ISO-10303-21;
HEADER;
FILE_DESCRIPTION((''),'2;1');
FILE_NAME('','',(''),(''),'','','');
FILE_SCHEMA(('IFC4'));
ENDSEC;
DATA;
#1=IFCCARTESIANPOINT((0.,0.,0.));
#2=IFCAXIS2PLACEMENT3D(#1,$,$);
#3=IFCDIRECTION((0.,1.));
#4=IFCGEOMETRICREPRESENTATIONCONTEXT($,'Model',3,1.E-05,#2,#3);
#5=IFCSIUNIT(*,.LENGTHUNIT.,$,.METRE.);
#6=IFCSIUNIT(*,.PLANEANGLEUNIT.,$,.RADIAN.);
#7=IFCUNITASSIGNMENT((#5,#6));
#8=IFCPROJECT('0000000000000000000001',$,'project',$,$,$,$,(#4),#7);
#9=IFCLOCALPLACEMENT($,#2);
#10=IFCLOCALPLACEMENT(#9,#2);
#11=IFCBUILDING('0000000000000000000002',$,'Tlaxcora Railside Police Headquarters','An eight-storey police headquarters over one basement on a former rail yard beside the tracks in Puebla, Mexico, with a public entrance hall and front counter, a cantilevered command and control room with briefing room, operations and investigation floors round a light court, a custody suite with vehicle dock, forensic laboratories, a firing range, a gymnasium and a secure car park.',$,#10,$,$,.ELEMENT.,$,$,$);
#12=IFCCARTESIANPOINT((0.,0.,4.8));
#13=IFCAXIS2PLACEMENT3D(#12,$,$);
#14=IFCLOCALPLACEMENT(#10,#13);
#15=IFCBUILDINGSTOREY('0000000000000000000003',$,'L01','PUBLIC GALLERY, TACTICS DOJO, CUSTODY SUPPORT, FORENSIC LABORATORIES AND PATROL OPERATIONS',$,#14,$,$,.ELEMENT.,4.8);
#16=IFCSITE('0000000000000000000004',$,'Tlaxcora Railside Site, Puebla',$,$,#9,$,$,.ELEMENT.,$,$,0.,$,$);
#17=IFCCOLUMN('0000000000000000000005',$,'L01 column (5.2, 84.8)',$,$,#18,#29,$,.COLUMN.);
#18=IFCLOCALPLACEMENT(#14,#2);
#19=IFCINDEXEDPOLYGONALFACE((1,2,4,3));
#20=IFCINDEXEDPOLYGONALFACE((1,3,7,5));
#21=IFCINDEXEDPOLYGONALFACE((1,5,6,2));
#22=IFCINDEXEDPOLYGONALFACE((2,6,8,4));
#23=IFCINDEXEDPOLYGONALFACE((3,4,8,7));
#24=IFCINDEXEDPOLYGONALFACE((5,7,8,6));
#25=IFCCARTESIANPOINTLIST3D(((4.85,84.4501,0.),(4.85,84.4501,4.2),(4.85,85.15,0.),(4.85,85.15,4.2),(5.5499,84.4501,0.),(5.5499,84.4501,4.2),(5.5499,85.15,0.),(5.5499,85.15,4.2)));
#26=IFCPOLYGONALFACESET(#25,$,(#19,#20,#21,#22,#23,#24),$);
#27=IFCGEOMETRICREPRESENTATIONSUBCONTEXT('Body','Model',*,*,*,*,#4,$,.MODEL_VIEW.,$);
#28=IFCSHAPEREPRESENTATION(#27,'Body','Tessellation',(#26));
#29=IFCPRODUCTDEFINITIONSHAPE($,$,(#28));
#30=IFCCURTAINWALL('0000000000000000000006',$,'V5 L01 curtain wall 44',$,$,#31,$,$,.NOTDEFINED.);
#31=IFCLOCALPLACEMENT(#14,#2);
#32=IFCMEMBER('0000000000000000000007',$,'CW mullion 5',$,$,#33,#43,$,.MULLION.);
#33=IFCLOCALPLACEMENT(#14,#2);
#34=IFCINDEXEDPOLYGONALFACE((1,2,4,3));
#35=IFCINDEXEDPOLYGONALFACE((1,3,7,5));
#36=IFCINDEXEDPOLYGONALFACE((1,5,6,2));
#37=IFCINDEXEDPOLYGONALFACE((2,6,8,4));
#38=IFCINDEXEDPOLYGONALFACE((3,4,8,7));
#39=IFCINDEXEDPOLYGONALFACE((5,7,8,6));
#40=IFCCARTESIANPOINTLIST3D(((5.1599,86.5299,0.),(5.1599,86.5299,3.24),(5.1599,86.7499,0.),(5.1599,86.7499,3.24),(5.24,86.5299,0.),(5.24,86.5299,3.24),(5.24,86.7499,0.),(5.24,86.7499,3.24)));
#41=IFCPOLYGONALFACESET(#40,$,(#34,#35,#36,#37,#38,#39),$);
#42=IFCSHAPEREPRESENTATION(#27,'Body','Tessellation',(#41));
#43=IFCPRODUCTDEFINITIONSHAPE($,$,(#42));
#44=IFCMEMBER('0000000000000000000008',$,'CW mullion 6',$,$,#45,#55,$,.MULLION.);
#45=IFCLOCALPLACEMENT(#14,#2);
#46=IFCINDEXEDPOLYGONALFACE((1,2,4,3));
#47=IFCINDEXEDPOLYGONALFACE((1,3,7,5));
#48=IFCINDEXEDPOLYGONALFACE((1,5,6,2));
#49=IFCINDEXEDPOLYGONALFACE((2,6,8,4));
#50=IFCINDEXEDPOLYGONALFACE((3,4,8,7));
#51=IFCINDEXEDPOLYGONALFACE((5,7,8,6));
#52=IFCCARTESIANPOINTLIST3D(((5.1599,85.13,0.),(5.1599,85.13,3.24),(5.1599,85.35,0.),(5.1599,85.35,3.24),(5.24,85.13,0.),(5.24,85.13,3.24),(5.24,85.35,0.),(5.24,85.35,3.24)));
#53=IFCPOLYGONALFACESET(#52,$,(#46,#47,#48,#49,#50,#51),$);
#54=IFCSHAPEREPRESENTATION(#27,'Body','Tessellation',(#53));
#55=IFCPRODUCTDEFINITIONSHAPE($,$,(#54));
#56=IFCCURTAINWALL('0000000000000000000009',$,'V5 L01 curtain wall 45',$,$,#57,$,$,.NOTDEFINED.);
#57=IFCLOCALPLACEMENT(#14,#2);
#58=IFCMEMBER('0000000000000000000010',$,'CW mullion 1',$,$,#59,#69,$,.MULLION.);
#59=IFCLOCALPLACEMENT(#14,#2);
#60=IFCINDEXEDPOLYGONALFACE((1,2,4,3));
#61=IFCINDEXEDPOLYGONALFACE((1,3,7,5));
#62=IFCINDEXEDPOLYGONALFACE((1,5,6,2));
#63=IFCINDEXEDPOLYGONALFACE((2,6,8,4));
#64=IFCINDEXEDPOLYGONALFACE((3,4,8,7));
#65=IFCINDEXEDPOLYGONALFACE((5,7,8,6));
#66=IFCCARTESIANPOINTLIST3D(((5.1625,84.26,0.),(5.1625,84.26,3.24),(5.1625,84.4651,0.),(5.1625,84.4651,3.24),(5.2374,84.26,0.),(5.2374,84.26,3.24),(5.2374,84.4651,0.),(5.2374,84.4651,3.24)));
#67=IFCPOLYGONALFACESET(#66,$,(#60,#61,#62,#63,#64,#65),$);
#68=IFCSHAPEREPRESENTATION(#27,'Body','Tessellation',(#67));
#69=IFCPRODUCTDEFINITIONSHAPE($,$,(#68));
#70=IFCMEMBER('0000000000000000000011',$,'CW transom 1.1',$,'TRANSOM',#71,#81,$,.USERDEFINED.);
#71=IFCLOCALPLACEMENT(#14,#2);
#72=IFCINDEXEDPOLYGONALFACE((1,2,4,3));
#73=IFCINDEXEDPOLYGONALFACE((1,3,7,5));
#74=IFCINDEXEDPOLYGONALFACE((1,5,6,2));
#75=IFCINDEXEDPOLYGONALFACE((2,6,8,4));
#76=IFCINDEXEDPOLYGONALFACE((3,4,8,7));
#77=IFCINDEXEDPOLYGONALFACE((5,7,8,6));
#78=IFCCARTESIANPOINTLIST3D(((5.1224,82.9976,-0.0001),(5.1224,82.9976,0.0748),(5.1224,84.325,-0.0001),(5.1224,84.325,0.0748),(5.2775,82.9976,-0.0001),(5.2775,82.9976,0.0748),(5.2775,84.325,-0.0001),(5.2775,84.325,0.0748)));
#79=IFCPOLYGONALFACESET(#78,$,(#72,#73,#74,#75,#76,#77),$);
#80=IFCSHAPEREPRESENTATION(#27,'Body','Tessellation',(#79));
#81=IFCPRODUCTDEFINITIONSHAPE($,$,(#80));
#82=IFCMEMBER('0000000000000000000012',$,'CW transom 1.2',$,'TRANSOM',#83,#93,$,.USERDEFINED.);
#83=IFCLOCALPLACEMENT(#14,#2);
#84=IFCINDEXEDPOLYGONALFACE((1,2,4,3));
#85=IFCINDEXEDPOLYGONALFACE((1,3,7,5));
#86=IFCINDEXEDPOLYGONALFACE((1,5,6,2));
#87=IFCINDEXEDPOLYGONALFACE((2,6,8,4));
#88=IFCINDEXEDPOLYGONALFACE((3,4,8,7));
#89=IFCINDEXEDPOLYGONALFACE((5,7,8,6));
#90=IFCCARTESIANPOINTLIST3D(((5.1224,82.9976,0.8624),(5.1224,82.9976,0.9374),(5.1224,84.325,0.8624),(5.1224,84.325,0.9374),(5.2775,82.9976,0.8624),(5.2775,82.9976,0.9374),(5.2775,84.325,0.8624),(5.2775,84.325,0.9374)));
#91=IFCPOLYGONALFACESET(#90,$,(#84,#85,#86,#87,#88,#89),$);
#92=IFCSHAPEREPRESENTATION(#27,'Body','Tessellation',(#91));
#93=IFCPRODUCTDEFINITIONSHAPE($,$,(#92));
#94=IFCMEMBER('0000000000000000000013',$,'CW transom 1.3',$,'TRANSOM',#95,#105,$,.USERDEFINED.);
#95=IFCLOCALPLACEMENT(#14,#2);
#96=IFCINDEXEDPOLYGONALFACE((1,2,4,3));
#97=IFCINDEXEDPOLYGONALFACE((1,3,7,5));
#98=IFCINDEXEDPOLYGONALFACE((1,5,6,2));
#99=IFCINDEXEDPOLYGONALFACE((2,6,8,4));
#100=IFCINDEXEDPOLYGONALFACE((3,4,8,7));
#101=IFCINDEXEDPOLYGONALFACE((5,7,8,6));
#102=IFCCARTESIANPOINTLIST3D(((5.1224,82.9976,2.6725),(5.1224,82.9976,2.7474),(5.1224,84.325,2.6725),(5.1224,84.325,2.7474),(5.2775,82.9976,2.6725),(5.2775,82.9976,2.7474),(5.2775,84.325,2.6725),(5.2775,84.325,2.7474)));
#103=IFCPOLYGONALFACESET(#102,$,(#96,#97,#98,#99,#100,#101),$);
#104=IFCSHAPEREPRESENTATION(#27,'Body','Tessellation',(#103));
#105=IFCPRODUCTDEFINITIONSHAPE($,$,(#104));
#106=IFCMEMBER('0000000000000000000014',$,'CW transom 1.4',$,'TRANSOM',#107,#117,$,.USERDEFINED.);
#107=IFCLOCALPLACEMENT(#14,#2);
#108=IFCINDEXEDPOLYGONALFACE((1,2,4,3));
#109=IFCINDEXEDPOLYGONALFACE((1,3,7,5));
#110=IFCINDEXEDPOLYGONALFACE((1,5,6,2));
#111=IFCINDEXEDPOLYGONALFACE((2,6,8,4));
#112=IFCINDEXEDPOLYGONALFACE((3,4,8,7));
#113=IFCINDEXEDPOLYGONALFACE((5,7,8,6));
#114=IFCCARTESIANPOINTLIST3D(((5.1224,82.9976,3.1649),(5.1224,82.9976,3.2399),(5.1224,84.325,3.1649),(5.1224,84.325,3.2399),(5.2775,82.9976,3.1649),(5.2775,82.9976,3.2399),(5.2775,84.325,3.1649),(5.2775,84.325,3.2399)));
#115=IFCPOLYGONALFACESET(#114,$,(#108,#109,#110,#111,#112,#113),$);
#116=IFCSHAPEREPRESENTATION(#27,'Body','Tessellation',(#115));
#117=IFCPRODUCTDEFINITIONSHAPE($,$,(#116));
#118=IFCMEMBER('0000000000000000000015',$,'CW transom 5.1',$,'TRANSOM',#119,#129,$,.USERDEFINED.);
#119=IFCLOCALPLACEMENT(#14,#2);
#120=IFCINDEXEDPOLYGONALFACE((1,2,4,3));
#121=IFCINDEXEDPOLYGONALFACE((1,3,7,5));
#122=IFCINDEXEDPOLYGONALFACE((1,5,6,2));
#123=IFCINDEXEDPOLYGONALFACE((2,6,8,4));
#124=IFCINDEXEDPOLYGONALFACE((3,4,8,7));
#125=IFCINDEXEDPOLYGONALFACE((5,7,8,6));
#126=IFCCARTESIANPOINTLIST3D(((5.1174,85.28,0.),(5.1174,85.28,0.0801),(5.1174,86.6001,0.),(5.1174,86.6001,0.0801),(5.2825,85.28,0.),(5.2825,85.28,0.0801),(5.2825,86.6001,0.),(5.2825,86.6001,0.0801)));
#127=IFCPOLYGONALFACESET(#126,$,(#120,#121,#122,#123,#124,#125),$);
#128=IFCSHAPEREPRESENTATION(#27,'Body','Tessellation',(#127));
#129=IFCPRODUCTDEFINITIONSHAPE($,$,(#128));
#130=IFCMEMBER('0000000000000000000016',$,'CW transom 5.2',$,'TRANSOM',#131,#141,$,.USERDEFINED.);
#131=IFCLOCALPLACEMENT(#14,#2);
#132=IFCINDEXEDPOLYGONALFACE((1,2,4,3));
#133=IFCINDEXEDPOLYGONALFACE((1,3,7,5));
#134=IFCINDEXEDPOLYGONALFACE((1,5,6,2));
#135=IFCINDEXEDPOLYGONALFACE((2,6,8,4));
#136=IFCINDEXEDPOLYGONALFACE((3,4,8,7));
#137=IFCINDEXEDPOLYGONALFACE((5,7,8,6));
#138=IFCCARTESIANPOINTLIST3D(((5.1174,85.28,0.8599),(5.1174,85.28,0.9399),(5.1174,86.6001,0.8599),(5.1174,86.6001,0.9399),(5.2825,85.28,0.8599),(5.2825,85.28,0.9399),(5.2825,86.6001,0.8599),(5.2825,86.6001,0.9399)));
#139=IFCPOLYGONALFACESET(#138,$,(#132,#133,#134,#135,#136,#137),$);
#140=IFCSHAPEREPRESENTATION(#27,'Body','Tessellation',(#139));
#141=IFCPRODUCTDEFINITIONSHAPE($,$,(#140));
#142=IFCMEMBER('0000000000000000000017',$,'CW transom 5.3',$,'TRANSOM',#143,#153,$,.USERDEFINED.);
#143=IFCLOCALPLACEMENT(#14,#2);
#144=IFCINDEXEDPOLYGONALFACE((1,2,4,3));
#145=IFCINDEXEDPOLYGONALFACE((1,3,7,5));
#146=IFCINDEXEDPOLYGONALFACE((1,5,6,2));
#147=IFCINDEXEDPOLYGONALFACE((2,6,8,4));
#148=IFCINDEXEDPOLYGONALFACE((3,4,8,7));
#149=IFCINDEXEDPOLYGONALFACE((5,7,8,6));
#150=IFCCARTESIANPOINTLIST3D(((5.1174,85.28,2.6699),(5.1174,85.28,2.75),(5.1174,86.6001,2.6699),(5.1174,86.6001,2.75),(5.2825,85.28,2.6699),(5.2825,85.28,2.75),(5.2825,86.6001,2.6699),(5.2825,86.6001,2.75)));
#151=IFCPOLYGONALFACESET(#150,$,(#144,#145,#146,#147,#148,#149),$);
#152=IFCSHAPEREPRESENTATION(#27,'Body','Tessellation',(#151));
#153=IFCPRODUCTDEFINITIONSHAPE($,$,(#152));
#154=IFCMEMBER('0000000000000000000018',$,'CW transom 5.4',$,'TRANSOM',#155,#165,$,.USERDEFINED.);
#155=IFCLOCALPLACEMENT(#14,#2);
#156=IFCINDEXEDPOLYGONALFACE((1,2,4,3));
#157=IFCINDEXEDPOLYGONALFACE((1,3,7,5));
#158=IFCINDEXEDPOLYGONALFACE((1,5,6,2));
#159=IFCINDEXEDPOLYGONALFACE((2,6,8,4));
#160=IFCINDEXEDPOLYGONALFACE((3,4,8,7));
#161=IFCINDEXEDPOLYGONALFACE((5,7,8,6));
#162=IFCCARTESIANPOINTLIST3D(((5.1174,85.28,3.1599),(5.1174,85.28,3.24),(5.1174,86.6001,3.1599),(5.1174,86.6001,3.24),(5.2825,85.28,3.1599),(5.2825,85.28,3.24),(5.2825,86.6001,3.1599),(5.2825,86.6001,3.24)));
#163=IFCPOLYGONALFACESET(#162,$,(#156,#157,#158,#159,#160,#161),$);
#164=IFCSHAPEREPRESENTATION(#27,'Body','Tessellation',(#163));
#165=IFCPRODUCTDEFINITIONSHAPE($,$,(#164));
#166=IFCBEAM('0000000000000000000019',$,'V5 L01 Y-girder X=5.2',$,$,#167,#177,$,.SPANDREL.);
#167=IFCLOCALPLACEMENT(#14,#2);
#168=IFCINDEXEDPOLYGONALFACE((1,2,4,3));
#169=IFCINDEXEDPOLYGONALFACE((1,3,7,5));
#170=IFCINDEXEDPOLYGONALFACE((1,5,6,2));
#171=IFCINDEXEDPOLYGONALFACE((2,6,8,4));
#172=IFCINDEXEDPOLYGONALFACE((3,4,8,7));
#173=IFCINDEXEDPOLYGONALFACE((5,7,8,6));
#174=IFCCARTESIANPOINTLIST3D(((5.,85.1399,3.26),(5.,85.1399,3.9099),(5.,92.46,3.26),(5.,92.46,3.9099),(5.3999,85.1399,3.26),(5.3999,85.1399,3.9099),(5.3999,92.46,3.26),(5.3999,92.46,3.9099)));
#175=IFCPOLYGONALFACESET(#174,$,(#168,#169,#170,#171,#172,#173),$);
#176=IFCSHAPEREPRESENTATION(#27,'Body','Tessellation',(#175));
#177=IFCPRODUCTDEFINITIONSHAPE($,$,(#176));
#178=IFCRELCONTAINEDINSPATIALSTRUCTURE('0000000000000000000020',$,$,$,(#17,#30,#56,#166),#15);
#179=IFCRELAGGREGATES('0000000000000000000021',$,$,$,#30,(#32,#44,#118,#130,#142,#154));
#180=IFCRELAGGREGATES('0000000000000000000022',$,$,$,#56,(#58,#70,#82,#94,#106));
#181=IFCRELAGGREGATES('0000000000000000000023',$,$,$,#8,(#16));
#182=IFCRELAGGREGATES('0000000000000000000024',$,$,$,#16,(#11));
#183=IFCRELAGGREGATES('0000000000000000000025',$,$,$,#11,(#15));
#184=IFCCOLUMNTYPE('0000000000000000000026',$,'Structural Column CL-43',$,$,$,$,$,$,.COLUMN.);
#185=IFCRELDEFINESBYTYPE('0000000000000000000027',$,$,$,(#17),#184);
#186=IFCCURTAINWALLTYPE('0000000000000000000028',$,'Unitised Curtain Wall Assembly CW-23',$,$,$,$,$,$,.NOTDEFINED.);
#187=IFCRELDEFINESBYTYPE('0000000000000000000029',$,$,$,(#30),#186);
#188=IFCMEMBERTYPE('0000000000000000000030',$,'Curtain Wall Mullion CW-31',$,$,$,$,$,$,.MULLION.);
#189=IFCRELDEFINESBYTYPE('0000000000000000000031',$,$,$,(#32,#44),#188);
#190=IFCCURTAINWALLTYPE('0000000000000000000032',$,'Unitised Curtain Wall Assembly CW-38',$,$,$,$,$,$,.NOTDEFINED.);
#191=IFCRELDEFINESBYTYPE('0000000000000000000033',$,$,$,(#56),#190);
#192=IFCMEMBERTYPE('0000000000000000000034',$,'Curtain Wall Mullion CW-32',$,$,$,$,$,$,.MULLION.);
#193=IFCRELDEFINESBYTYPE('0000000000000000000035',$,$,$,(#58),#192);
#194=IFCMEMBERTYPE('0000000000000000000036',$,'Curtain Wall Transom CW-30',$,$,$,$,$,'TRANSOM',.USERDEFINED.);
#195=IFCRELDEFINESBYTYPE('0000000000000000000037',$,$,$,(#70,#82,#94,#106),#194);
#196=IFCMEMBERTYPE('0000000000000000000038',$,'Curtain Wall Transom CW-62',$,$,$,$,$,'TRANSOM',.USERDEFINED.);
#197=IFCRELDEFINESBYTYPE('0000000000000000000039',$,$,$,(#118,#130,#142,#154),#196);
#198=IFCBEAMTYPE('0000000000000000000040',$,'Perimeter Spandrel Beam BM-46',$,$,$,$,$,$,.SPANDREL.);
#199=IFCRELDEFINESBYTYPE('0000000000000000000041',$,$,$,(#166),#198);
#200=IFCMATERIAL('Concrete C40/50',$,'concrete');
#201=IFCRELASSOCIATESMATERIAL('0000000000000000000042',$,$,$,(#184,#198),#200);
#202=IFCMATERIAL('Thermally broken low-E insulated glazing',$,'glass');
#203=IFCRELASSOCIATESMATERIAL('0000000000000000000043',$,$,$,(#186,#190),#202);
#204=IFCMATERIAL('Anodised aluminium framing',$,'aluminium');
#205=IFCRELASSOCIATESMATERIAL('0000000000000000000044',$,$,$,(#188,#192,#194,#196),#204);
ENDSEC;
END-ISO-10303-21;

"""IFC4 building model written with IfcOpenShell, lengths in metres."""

from ifc_helpers import new_model, si_unit, direction, frame, origin, origin_2d, place, context, subcontext, project, spatial, rectangle, extrude, material, material_profile, profile_set, type_object, element, aggregate, save


model = new_model("IFC4")

# Units and contexts
model_context = context("Model", 3, precision=1e-05, world=origin(), true_north=direction((0.0, 1.0)))
body_context = subcontext(model_context, "Body", "Model", "MODEL_VIEW")
ifc_project = project(units=[si_unit("LENGTHUNIT", "METRE"), si_unit("PLANEANGLEUNIT", "RADIAN")], contexts=[model_context])

# Site, building, storey
site_placement = place(None, origin())
site = spatial("IfcSite", under=ifc_project, at=site_placement, Name="Tlaxcora Railside Site, Puebla", CompositionType="ELEMENT", RefElevation=0.0)
building_placement = place(site_placement, origin())
building = spatial("IfcBuilding", under=site, at=building_placement, Name="Tlaxcora Railside Police Headquarters", Description="An eight-storey police headquarters over one basement on a former rail yard beside the tracks in Puebla, Mexico, with a public entrance hall and front counter, a cantilevered command and control room with briefing room, operations and investigation floors round a light court, a custody suite with vehicle dock, forensic laboratories, a firing range, a gymnasium and a secure car park.", CompositionType="ELEMENT")
storey_placement = place(building_placement, frame((0.0, 0.0, 4.8)))
storey = spatial("IfcBuildingStorey", under=building, at=storey_placement, Name="L01", Description="PUBLIC GALLERY, TACTICS DOJO, CUSTODY SUPPORT, FORENSIC LABORATORIES AND PATROL OPERATIONS", CompositionType="ELEMENT", Elevation=4.8)

# Column
ifc_material_1 = material(Name="Concrete C40/50", Category="concrete")
ifc_material_profile_1 = material_profile(ifc_material_1, rectangle(XDim=0.7, YDim=0.7, at=origin_2d()), Name="RC700X700")
ifc_profile_set_1 = profile_set([ifc_material_profile_1], Name="Concrete C40/50")
column_type = type_object("IfcColumnType", Name="Structural Column CL-43", PredefinedType="COLUMN", material=ifc_profile_set_1)
column_placement = place(storey_placement, frame((5.2, 84.8, 0.0), z_axis=(0.0, 0.0, 1.0), x_axis=(1.0, 0.0, 0.0)))
element("IfcColumn", 1, at=column_placement, inside=storey, type_object=column_type, Name="L01 column (5.2, 84.8)", PredefinedType="COLUMN", context=body_context, shape_type="SweptSolid", body=[
    extrude(rectangle(XDim=0.7, YDim=0.7, at=origin_2d()), origin(), (0.0, 0.0, 1.0), 4.2),
])

# Curtain walls, members
ifc_material_2 = material(Name="Thermally broken low-E insulated glazing", Category="glass")
curtain_wall_type_1 = type_object("IfcCurtainWallType", Name="Unitised Curtain Wall Assembly CW-23", PredefinedType="NOTDEFINED", material=ifc_material_2)
curtain_wall_1_placement = place(storey_placement, origin())
curtain_wall_1 = element("IfcCurtainWall", 2, at=curtain_wall_1_placement, inside=storey, type_object=curtain_wall_type_1, Name="V5 L01 curtain wall 44", PredefinedType="NOTDEFINED")
ifc_material_3 = material(Name="Anodised aluminium framing", Category="aluminium")
ifc_material_profile_2 = material_profile(ifc_material_3, rectangle(XDim=0.0801, YDim=0.22, at=origin_2d()), Name="AL80X220")
ifc_profile_set_2 = profile_set([ifc_material_profile_2], Name="Anodised aluminium framing")
member_type_1 = type_object("IfcMemberType", Name="Curtain Wall Mullion CW-31", PredefinedType="MULLION", material=ifc_profile_set_2)
member_1_placement = place(storey_placement, frame((5.2, 86.6399, 0.0), z_axis=(0.0, 0.0, 1.0), x_axis=(1.0, 0.0, 0.0)))
member_1 = element("IfcMember", 3, at=member_1_placement, type_object=member_type_1, Name="CW mullion 5", PredefinedType="MULLION", context=body_context, shape_type="SweptSolid", body=[
    extrude(rectangle(XDim=0.0801, YDim=0.22, at=origin_2d()), origin(), (0.0, 0.0, 1.0), 3.24),
])
member_2_placement = place(storey_placement, frame((5.2, 85.24, 0.0), z_axis=(0.0, 0.0, 1.0), x_axis=(1.0, 0.0, 0.0)))
member_2 = element("IfcMember", 4, at=member_2_placement, type_object=member_type_1, Name="CW mullion 6", PredefinedType="MULLION", context=body_context, shape_type="SweptSolid", body=[
    extrude(rectangle(XDim=0.0801, YDim=0.22, at=origin_2d()), origin(), (0.0, 0.0, 1.0), 3.24),
])
curtain_wall_type_2 = type_object("IfcCurtainWallType", Name="Unitised Curtain Wall Assembly CW-38", PredefinedType="NOTDEFINED", material=ifc_material_2)
curtain_wall_2_placement = place(storey_placement, origin())
curtain_wall_2 = element("IfcCurtainWall", 5, at=curtain_wall_2_placement, inside=storey, type_object=curtain_wall_type_2, Name="V5 L01 curtain wall 45", PredefinedType="NOTDEFINED")
ifc_material_profile_3 = material_profile(ifc_material_3, rectangle(XDim=0.075, YDim=0.2051, at=origin_2d()), Name="AL75X205")
ifc_profile_set_3 = profile_set([ifc_material_profile_3], Name="Anodised aluminium framing")
member_type_2 = type_object("IfcMemberType", Name="Curtain Wall Mullion CW-32", PredefinedType="MULLION", material=ifc_profile_set_3)
member_3_placement = place(storey_placement, frame((5.2, 84.3625, 0.0), z_axis=(0.0, 0.0, 1.0), x_axis=(1.0, 0.0, 0.0)))
member_3 = element("IfcMember", 6, at=member_3_placement, type_object=member_type_2, Name="CW mullion 1", PredefinedType="MULLION", context=body_context, shape_type="SweptSolid", body=[
    extrude(rectangle(XDim=0.075, YDim=0.2051, at=origin_2d()), origin(), (0.0, 0.0, 1.0), 3.24),
])
ifc_material_profile_4 = material_profile(ifc_material_3, rectangle(XDim=0.155, YDim=0.075, at=origin_2d()), Name="AL75X155")
ifc_profile_set_4 = profile_set([ifc_material_profile_4], Name="Anodised aluminium framing")
member_type_3 = type_object("IfcMemberType", Name="Curtain Wall Transom CW-30", ElementType="TRANSOM", PredefinedType="USERDEFINED", material=ifc_profile_set_4)
member_4_placement = place(storey_placement, frame((5.2, 84.325, 0.0374), z_axis=(0.0, -1.0, 0.0), x_axis=(1.0, 0.0, 0.0)))
member_4 = element("IfcMember", 7, at=member_4_placement, type_object=member_type_3, Name="CW transom 1.1", ObjectType="TRANSOM", PredefinedType="USERDEFINED", context=body_context, shape_type="SweptSolid", body=[
    extrude(rectangle(XDim=0.155, YDim=0.075, at=origin_2d()), origin(), (0.0, 0.0, 1.0), 1.3274),
])
member_5_placement = place(storey_placement, frame((5.2, 84.325, 0.8999), z_axis=(0.0, -1.0, 0.0), x_axis=(1.0, 0.0, 0.0)))
member_5 = element("IfcMember", 8, at=member_5_placement, type_object=member_type_3, Name="CW transom 1.2", ObjectType="TRANSOM", PredefinedType="USERDEFINED", context=body_context, shape_type="SweptSolid", body=[
    extrude(rectangle(XDim=0.155, YDim=0.075, at=origin_2d()), origin(), (0.0, 0.0, 1.0), 1.3274),
])
member_6_placement = place(storey_placement, frame((5.2, 84.325, 2.71), z_axis=(0.0, -1.0, 0.0), x_axis=(1.0, 0.0, 0.0)))
member_6 = element("IfcMember", 9, at=member_6_placement, type_object=member_type_3, Name="CW transom 1.3", ObjectType="TRANSOM", PredefinedType="USERDEFINED", context=body_context, shape_type="SweptSolid", body=[
    extrude(rectangle(XDim=0.155, YDim=0.075, at=origin_2d()), origin(), (0.0, 0.0, 1.0), 1.3274),
])
member_7_placement = place(storey_placement, frame((5.2, 84.325, 3.2024), z_axis=(0.0, -1.0, 0.0), x_axis=(1.0, 0.0, 0.0)))
member_7 = element("IfcMember", 10, at=member_7_placement, type_object=member_type_3, Name="CW transom 1.4", ObjectType="TRANSOM", PredefinedType="USERDEFINED", context=body_context, shape_type="SweptSolid", body=[
    extrude(rectangle(XDim=0.155, YDim=0.075, at=origin_2d()), origin(), (0.0, 0.0, 1.0), 1.3274),
])

# Members
ifc_material_profile_5 = material_profile(ifc_material_3, rectangle(XDim=0.165, YDim=0.0801, at=origin_2d()), Name="AL80X165")
ifc_profile_set_5 = profile_set([ifc_material_profile_5], Name="Anodised aluminium framing")
member_type_4 = type_object("IfcMemberType", Name="Curtain Wall Transom CW-62", ElementType="TRANSOM", PredefinedType="USERDEFINED", material=ifc_profile_set_5)
member_8_placement = place(storey_placement, frame((5.2, 86.6001, 0.04), z_axis=(0.0, -1.0, 0.0), x_axis=(1.0, 0.0, 0.0)))
member_8 = element("IfcMember", 11, at=member_8_placement, type_object=member_type_4, Name="CW transom 5.1", ObjectType="TRANSOM", PredefinedType="USERDEFINED", context=body_context, shape_type="SweptSolid", body=[
    extrude(rectangle(XDim=0.165, YDim=0.0801, at=origin_2d()), origin(), (0.0, 0.0, 1.0), 1.3201),
])
member_9_placement = place(storey_placement, frame((5.2, 86.6001, 0.8999), z_axis=(0.0, -1.0, 0.0), x_axis=(1.0, 0.0, 0.0)))
member_9 = element("IfcMember", 12, at=member_9_placement, type_object=member_type_4, Name="CW transom 5.2", ObjectType="TRANSOM", PredefinedType="USERDEFINED", context=body_context, shape_type="SweptSolid", body=[
    extrude(rectangle(XDim=0.165, YDim=0.0801, at=origin_2d()), origin(), (0.0, 0.0, 1.0), 1.3201),
])
member_10_placement = place(storey_placement, frame((5.2, 86.6001, 2.71), z_axis=(0.0, -1.0, 0.0), x_axis=(1.0, 0.0, 0.0)))
member_10 = element("IfcMember", 13, at=member_10_placement, type_object=member_type_4, Name="CW transom 5.3", ObjectType="TRANSOM", PredefinedType="USERDEFINED", context=body_context, shape_type="SweptSolid", body=[
    extrude(rectangle(XDim=0.165, YDim=0.0801, at=origin_2d()), origin(), (0.0, 0.0, 1.0), 1.3201),
])
member_11_placement = place(storey_placement, frame((5.2, 86.6001, 3.2), z_axis=(0.0, -1.0, 0.0), x_axis=(1.0, 0.0, 0.0)))
member_11 = element("IfcMember", 14, at=member_11_placement, type_object=member_type_4, Name="CW transom 5.4", ObjectType="TRANSOM", PredefinedType="USERDEFINED", context=body_context, shape_type="SweptSolid", body=[
    extrude(rectangle(XDim=0.165, YDim=0.0801, at=origin_2d()), origin(), (0.0, 0.0, 1.0), 1.3201),
])

# Beam
ifc_material_profile_6 = material_profile(ifc_material_1, rectangle(XDim=0.3999, YDim=0.6499, at=origin_2d()), Name="RC400X650")
ifc_profile_set_6 = profile_set([ifc_material_profile_6], Name="Concrete C40/50")
beam_type = type_object("IfcBeamType", Name="Perimeter Spandrel Beam BM-46", PredefinedType="SPANDREL", material=ifc_profile_set_6)
beam_placement = place(storey_placement, frame((5.2, 85.1399, 3.585), z_axis=(0.0, 1.0, 0.0), x_axis=(-1.0, 0.0, 0.0)))
element("IfcBeam", 15, at=beam_placement, inside=storey, type_object=beam_type, Name="V5 L01 Y-girder X=5.2", PredefinedType="SPANDREL", context=body_context, shape_type="SweptSolid", body=[
    extrude(rectangle(XDim=0.3999, YDim=0.6499, at=origin_2d()), origin(), (0.0, 0.0, 1.0), 7.3201),
])

aggregate(curtain_wall_1, [member_1, member_2, member_8, member_9, member_10, member_11])
aggregate(curtain_wall_2, [member_3, member_4, member_5, member_6, member_7])

save(model, "model.ifc")
